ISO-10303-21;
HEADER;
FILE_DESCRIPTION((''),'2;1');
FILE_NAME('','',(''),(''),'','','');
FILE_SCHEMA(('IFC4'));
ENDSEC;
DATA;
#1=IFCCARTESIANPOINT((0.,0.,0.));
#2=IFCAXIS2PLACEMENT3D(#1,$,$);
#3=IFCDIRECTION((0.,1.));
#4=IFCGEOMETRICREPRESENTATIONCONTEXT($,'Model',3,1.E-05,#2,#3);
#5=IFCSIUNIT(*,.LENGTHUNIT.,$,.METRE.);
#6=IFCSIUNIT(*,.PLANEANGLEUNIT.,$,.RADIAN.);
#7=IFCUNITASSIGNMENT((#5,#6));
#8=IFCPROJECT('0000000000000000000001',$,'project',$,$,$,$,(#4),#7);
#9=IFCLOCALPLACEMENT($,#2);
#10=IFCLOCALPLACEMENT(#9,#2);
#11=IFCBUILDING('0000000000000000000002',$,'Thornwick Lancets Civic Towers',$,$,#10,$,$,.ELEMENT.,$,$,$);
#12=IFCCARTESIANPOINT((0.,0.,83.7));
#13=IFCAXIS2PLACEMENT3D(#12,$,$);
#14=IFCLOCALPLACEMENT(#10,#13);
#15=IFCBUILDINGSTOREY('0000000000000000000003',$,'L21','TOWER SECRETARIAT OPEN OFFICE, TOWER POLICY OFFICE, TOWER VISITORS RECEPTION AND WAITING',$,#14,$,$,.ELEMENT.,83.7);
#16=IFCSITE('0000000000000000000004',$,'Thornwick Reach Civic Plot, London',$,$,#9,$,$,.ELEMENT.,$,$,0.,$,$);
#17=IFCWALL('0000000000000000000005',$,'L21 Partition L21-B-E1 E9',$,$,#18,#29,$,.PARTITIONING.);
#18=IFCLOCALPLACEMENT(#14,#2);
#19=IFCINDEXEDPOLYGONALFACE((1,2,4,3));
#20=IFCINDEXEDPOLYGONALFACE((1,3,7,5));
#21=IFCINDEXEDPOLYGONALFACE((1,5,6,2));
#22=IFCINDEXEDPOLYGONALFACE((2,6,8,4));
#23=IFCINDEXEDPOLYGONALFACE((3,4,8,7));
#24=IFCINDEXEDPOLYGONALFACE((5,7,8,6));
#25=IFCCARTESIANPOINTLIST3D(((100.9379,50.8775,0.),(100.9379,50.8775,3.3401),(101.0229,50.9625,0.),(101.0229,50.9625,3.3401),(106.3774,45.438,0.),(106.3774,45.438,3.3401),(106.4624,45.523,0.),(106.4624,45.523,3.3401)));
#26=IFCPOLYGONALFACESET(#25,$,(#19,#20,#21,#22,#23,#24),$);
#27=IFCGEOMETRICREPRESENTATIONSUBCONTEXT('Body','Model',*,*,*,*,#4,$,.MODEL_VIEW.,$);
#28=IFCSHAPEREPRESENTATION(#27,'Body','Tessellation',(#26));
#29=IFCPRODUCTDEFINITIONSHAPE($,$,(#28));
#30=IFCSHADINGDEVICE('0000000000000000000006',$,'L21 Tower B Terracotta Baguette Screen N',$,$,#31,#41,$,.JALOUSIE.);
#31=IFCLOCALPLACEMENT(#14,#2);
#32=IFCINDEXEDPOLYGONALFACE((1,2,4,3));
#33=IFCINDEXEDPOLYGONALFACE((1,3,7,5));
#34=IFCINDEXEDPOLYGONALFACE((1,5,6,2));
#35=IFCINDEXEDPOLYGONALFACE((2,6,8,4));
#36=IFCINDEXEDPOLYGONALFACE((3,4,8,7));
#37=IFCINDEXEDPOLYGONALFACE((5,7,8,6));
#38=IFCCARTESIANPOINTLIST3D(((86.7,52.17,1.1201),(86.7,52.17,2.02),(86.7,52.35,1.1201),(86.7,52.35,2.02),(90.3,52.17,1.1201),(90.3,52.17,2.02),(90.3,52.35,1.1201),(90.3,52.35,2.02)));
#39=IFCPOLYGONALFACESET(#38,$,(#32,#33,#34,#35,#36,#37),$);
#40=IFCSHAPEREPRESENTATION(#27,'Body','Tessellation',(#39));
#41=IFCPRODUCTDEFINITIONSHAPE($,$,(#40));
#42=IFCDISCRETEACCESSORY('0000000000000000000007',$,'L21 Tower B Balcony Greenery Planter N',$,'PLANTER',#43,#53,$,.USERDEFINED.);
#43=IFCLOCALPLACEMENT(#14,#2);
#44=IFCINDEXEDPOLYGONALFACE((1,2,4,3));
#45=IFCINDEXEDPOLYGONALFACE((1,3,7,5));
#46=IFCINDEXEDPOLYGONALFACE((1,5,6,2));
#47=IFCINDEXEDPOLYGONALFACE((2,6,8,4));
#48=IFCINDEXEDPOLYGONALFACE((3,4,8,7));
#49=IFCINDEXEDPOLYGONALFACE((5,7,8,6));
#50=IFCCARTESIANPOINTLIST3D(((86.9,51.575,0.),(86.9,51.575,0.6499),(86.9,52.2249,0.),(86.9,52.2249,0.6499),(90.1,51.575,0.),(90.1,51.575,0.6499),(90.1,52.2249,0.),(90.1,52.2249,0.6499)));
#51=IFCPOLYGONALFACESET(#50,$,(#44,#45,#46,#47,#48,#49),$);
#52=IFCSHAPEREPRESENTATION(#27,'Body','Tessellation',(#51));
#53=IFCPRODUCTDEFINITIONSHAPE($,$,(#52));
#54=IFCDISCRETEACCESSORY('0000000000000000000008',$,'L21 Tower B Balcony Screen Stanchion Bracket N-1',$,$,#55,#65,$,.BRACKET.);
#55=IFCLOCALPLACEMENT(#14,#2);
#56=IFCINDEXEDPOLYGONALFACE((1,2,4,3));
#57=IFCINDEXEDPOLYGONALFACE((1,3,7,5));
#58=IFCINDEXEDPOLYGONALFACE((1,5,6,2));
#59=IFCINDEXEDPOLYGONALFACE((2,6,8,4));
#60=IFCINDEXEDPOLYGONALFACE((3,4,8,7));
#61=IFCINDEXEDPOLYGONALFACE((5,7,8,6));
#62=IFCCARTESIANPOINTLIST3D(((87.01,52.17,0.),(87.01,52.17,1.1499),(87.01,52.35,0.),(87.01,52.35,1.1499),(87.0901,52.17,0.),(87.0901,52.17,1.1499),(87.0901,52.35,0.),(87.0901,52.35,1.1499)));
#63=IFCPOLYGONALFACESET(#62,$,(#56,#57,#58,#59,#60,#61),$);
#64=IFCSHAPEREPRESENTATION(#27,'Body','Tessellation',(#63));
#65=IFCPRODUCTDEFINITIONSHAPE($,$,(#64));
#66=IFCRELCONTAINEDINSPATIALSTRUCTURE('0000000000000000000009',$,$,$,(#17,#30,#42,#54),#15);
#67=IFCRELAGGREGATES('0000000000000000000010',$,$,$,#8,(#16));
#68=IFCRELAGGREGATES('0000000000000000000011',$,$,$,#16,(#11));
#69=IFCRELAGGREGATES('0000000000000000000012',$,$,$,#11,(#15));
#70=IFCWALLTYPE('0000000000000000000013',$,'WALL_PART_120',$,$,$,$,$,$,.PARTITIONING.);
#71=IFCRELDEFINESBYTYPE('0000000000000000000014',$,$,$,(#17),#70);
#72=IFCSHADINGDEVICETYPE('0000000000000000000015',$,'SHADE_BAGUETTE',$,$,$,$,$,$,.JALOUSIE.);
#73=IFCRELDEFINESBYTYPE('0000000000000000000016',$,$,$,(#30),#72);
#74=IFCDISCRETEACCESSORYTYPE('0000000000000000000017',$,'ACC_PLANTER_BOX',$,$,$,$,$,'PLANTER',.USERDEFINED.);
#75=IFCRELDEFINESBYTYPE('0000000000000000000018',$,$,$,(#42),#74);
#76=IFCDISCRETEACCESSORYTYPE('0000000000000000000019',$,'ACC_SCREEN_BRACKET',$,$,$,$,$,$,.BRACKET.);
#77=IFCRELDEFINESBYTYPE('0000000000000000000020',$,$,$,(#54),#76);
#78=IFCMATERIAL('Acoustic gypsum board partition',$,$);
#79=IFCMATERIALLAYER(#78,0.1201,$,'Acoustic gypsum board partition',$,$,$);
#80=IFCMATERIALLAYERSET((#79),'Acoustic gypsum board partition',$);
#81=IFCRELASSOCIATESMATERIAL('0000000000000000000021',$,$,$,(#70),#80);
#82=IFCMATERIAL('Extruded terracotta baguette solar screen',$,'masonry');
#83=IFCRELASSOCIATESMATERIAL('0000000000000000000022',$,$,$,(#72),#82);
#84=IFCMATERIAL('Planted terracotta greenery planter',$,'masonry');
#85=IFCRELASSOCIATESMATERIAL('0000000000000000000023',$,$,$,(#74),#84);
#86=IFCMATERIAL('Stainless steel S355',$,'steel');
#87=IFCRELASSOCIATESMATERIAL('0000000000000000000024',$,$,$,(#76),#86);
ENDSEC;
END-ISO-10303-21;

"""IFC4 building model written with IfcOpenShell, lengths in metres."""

from ifc_helpers import new_model, si_unit, direction, frame, frame_2d, origin, origin_2d, place, context, subcontext, project, spatial, rectangle, extrude, material, layer, layer_set, type_object, element, save


model = new_model("IFC4")

# Units and contexts
model_context = context("Model", 3, precision=1e-05, world=origin(), true_north=direction((0.0, 1.0)))
body_context = subcontext(model_context, "Body", "Model", "MODEL_VIEW")
ifc_project = project(units=[si_unit("LENGTHUNIT", "METRE"), si_unit("PLANEANGLEUNIT", "RADIAN")], contexts=[model_context])

# Site, building, storey
site_placement = place(None, origin())
site = spatial("IfcSite", under=ifc_project, at=site_placement, Name="Thornwick Reach Civic Plot, London", CompositionType="ELEMENT", RefElevation=0.0)
building_placement = place(site_placement, origin())
building = spatial("IfcBuilding", under=site, at=building_placement, Name="Thornwick Lancets Civic Towers", CompositionType="ELEMENT")
storey_placement = place(building_placement, frame((0.0, 0.0, 83.7)))
storey = spatial("IfcBuildingStorey", under=building, at=storey_placement, Name="L21", Description="TOWER SECRETARIAT OPEN OFFICE, TOWER POLICY OFFICE, TOWER VISITORS RECEPTION AND WAITING", CompositionType="ELEMENT", Elevation=83.7)

# Wall
ifc_material_1 = material(Name="Acoustic gypsum board partition")
ifc_layer_1 = layer(ifc_material_1, 0.1201, Name="Acoustic gypsum board partition")
ifc_layer_set_1 = layer_set([ifc_layer_1], Name="Acoustic gypsum board partition")
wall_type_1 = type_object("IfcWallType", Name="WALL_PART_120", PredefinedType="PARTITIONING", material=ifc_layer_set_1)
wall_1_placement = place(storey_placement, frame((100.9805, 50.9199, 0.0), z_axis=(0.0, 0.0, 1.0), x_axis=(0.707107, -0.707107, 0.0)))
element("IfcWall", 1, at=wall_1_placement, inside=storey, type_object=wall_type_1, Name="L21 Partition L21-B-E1 E9", PredefinedType="PARTITIONING", context=body_context, shape_type="SweptSolid", body=[
    extrude(rectangle(XDim=7.6926, YDim=0.1201, at=frame_2d((3.8462, 0.0))), origin(), (0.0, 0.0, 1.0), 3.3401),
])

# Shading device
ifc_material_2 = material(Name="Extruded terracotta baguette solar screen", Category="masonry")
shading_device_type = type_object("IfcShadingDeviceType", Name="SHADE_BAGUETTE", PredefinedType="JALOUSIE", material=ifc_material_2)
shading_device_placement = place(storey_placement, frame((88.5, 52.26, 1.1201), z_axis=(0.0, 0.0, 1.0), x_axis=(1.0, 0.0, 0.0)))
element("IfcShadingDevice", 2, at=shading_device_placement, inside=storey, type_object=shading_device_type, Name="L21 Tower B Terracotta Baguette Screen N", PredefinedType="JALOUSIE", context=body_context, shape_type="SweptSolid", body=[
    extrude(rectangle(XDim=3.6001, YDim=0.1799, at=origin_2d()), origin(), (0.0, 0.0, 1.0), 0.8999),
])

# Discrete accessories
ifc_material_3 = material(Name="Planted terracotta greenery planter", Category="masonry")
discrete_accessory_type_1 = type_object("IfcDiscreteAccessoryType", Name="ACC_PLANTER_BOX", ElementType="PLANTER", PredefinedType="USERDEFINED", material=ifc_material_3)
discrete_accessory_1_placement = place(storey_placement, frame((88.5, 51.8999, 0.0), z_axis=(0.0, 0.0, 1.0), x_axis=(1.0, 0.0, 0.0)))
element("IfcDiscreteAccessory", 3, at=discrete_accessory_1_placement, inside=storey, type_object=discrete_accessory_type_1, Name="L21 Tower B Balcony Greenery Planter N", ObjectType="PLANTER", PredefinedType="USERDEFINED", context=body_context, shape_type="SweptSolid", body=[
    extrude(rectangle(XDim=3.2, YDim=0.6499, at=origin_2d()), origin(), (0.0, 0.0, 1.0), 0.6499),
])
ifc_material_4 = material(Name="Stainless steel S355", Category="steel")
discrete_accessory_type_2 = type_object("IfcDiscreteAccessoryType", Name="ACC_SCREEN_BRACKET", PredefinedType="BRACKET", material=ifc_material_4)
discrete_accessory_2_placement = place(storey_placement, frame((87.05, 52.26, 0.0), z_axis=(0.0, 0.0, 1.0), x_axis=(1.0, 0.0, 0.0)))
element("IfcDiscreteAccessory", 4, at=discrete_accessory_2_placement, inside=storey, type_object=discrete_accessory_type_2, Name="L21 Tower B Balcony Screen Stanchion Bracket N-1", PredefinedType="BRACKET", context=body_context, shape_type="SweptSolid", body=[
    extrude(rectangle(XDim=0.0801, YDim=0.1799, at=origin_2d()), origin(), (0.0, 0.0, 1.0), 1.1499),
])

save(model, "model.ifc")
